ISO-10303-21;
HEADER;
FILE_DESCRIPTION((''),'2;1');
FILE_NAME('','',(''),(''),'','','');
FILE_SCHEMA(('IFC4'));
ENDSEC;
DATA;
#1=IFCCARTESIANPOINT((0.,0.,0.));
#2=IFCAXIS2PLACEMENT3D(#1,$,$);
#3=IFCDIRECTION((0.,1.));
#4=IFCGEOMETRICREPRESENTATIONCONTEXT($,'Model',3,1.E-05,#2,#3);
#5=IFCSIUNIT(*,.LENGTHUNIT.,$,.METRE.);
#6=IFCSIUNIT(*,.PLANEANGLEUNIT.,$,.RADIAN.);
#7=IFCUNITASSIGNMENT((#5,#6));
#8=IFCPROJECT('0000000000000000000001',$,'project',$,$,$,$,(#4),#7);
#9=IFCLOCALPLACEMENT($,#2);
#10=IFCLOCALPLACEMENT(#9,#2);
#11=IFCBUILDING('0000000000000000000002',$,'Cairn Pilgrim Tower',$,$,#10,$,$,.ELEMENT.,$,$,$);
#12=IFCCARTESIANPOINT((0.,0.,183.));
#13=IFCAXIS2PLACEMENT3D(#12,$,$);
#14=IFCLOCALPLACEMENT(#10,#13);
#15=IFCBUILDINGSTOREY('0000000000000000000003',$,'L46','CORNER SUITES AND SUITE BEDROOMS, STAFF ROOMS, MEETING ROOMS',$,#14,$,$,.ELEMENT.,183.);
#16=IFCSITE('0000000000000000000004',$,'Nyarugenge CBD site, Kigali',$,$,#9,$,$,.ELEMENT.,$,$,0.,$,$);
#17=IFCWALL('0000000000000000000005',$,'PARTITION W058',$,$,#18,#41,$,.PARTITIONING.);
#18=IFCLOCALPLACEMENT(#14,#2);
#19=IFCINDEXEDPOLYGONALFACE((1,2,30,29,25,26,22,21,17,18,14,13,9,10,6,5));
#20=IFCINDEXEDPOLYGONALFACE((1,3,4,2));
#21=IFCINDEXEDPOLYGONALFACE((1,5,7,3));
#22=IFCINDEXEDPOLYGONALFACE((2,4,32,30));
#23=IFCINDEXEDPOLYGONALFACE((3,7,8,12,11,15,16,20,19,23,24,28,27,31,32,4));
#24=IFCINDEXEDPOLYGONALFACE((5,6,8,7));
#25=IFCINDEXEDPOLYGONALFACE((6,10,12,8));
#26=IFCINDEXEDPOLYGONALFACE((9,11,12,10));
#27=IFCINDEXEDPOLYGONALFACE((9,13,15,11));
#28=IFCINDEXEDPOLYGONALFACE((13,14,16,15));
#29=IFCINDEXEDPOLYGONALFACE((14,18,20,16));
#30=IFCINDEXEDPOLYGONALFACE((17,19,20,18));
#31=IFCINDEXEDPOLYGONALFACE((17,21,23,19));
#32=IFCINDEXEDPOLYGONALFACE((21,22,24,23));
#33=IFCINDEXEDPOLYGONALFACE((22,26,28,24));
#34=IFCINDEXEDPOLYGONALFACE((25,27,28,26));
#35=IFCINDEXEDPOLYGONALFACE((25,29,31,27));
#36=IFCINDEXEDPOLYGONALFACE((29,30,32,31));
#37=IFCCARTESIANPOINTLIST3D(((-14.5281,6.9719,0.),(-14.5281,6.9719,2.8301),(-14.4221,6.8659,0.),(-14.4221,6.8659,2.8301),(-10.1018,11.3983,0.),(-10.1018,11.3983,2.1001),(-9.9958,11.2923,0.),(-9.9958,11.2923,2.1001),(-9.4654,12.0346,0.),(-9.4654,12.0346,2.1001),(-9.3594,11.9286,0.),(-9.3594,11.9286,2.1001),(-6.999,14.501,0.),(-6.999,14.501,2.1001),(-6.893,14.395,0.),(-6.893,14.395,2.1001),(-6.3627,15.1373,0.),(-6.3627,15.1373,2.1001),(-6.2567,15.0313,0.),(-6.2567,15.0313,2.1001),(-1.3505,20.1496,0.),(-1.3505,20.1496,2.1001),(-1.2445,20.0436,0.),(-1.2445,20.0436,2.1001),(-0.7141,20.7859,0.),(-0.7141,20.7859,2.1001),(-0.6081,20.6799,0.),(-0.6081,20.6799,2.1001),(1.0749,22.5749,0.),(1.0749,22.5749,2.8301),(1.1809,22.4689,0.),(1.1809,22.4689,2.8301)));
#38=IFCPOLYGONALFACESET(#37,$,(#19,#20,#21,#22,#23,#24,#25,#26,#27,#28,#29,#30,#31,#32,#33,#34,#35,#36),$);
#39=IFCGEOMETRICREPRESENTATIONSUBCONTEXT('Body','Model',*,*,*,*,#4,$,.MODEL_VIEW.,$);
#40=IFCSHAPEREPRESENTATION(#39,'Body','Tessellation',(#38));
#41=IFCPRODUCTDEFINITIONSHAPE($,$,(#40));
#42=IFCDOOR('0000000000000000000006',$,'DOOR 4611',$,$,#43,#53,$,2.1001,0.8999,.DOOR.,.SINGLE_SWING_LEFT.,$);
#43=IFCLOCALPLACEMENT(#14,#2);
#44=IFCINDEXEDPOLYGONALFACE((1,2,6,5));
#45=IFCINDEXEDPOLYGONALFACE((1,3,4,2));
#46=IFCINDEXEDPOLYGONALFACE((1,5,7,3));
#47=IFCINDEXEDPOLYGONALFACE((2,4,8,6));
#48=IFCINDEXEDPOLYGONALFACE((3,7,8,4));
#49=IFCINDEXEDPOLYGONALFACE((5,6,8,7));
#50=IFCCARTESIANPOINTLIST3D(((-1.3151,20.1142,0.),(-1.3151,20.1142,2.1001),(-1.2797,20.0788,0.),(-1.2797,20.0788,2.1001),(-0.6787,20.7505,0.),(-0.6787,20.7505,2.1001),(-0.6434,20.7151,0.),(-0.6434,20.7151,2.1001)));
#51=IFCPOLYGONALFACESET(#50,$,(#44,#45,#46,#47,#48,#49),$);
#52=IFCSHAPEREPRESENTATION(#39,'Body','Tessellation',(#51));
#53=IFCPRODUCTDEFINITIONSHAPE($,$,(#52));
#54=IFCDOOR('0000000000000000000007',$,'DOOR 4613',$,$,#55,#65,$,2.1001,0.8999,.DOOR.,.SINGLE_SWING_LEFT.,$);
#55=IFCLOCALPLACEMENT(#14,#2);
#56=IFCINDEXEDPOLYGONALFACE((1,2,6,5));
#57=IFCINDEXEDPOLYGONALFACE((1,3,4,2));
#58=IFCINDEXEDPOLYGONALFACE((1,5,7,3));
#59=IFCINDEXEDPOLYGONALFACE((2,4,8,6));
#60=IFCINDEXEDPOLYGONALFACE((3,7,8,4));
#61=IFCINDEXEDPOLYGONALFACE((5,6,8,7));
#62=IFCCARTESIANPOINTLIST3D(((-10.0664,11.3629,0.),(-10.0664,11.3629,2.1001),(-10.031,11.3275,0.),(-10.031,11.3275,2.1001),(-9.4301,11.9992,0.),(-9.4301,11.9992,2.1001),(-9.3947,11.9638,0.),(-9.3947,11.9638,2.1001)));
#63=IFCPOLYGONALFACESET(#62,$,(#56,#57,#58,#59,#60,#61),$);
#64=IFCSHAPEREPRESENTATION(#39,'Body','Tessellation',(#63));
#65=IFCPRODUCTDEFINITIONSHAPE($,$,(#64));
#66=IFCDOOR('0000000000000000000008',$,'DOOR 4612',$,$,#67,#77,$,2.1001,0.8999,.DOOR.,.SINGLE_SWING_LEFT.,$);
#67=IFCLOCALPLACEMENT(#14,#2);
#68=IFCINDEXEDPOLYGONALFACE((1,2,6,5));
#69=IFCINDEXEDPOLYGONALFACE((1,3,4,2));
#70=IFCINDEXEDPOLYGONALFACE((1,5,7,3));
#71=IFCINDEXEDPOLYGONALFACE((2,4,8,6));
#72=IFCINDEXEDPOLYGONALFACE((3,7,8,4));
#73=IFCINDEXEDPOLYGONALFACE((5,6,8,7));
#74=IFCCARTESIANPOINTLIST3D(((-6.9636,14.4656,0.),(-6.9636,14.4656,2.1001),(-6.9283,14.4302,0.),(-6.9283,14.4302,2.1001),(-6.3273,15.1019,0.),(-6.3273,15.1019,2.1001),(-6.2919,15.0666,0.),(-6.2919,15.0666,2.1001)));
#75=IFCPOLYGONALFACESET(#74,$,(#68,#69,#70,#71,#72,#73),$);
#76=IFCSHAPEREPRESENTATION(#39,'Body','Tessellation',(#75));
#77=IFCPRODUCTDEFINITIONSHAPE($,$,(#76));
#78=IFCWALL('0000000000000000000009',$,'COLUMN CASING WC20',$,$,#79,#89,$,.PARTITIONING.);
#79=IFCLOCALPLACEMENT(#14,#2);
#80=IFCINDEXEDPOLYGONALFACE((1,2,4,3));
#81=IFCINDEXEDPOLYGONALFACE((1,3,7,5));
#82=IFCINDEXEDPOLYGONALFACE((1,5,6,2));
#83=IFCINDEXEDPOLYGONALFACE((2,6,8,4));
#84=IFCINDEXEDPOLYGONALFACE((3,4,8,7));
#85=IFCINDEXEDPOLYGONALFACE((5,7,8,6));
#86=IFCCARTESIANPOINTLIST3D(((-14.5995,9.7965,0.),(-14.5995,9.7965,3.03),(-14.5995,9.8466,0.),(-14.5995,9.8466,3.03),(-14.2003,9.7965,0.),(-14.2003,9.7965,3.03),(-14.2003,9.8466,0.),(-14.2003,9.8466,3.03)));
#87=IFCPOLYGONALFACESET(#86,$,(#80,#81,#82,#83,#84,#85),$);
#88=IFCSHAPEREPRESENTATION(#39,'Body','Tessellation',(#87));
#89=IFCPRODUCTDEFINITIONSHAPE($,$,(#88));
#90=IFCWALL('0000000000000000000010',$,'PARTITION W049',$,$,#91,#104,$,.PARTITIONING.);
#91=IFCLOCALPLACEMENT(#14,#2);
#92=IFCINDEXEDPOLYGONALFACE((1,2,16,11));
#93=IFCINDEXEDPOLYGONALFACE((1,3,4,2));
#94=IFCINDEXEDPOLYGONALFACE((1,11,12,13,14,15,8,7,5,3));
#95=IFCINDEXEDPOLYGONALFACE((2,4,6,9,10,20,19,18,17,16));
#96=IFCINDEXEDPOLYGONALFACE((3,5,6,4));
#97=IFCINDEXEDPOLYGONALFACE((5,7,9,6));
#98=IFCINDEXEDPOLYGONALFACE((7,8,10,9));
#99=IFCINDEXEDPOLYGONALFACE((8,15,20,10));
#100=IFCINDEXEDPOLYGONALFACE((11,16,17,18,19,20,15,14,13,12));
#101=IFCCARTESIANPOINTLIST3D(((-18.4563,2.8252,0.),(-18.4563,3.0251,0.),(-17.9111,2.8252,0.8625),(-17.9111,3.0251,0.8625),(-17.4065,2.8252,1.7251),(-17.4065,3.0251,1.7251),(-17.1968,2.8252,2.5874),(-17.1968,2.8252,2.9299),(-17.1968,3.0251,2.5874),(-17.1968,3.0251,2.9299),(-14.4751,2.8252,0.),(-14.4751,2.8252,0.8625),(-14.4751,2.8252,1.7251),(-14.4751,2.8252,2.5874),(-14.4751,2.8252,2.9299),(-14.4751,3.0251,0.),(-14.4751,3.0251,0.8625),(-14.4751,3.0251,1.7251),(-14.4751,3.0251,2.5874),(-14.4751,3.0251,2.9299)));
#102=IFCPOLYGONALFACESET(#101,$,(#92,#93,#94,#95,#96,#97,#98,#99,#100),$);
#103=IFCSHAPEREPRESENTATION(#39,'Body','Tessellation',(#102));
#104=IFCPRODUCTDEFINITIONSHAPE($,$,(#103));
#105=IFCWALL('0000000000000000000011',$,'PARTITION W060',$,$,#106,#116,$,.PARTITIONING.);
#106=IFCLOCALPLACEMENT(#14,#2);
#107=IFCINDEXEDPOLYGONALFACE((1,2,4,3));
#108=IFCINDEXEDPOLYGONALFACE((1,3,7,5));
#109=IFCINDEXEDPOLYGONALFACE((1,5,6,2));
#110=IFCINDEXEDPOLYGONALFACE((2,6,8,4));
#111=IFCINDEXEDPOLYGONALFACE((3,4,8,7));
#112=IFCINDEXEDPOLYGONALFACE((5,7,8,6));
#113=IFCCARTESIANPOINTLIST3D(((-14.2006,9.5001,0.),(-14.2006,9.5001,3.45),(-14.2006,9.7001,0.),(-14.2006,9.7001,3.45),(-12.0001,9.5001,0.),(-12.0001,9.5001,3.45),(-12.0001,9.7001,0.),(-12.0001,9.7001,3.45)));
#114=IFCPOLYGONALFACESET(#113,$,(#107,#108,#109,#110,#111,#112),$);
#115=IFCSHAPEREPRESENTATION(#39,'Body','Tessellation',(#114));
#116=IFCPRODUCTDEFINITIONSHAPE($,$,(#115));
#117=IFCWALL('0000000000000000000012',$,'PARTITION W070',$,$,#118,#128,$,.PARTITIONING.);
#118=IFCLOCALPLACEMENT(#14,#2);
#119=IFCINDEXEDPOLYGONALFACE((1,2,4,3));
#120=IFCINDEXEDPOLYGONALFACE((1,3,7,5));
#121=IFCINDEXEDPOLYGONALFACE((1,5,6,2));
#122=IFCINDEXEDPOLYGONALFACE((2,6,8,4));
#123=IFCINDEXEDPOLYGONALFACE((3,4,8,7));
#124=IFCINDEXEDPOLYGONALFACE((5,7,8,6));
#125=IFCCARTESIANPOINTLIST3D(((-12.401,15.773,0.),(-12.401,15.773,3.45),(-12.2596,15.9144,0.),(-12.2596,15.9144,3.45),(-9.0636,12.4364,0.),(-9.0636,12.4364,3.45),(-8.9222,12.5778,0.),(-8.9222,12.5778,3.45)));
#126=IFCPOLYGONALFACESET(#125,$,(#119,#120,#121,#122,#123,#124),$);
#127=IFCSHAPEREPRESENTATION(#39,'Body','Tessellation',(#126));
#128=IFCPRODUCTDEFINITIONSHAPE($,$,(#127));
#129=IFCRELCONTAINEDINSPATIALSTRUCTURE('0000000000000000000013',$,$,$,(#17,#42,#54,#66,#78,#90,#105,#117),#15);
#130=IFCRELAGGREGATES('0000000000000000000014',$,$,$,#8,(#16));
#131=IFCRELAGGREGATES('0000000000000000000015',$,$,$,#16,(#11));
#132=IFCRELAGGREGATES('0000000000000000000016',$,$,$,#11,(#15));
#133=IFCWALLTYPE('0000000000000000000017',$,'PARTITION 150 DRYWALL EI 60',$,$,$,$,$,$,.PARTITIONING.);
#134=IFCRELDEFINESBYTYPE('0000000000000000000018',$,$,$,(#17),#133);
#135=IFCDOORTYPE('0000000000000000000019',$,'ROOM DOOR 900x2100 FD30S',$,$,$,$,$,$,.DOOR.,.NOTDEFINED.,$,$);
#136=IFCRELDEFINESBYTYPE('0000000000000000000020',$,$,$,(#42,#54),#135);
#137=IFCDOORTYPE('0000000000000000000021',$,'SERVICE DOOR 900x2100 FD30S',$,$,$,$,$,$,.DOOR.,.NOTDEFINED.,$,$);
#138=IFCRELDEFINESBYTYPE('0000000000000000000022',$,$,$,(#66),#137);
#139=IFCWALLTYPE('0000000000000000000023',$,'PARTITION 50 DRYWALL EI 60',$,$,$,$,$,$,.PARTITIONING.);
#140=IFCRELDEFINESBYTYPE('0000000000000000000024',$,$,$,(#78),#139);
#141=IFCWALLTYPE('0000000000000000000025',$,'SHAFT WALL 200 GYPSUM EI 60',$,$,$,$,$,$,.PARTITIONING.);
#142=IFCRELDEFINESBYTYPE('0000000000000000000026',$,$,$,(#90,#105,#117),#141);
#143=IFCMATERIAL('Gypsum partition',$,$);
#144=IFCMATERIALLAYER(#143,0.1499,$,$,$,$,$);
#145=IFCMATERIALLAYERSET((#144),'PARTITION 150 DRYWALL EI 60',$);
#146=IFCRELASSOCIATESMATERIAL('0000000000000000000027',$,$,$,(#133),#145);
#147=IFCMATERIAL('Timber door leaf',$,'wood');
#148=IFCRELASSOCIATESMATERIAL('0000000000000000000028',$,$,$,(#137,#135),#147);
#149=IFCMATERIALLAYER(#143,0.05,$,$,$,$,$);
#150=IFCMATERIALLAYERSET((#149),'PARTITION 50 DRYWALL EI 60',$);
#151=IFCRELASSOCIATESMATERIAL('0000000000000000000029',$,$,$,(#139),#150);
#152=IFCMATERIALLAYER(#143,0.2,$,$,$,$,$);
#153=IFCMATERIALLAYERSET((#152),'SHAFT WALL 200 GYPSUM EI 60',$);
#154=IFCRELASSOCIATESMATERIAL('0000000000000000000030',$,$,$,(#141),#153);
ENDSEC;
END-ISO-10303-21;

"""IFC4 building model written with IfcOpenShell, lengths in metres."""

from ifc_helpers import new_model, si_unit, direction, frame, frame_2d, origin, place, context, subcontext, project, spatial, polyline, rectangle, outline, extrude, material, layer, layer_set, type_object, element, fill, save


model = new_model("IFC4")

# Units and contexts
model_context = context("Model", 3, precision=1e-05, world=origin(), true_north=direction((0.0, 1.0)))
body_context = subcontext(model_context, "Body", "Model", "MODEL_VIEW")
ifc_project = project(units=[si_unit("LENGTHUNIT", "METRE"), si_unit("PLANEANGLEUNIT", "RADIAN")], contexts=[model_context])

# Site, building, storey
site_placement = place(None, origin())
site = spatial("IfcSite", under=ifc_project, at=site_placement, Name="Nyarugenge CBD site, Kigali", CompositionType="ELEMENT", RefElevation=0.0)
building_placement = place(site_placement, origin())
building = spatial("IfcBuilding", under=site, at=building_placement, Name="Cairn Pilgrim Tower", CompositionType="ELEMENT")
storey_placement = place(building_placement, frame((0.0, 0.0, 183.0)))
storey = spatial("IfcBuildingStorey", under=building, at=storey_placement, Name="L46", Description="CORNER SUITES AND SUITE BEDROOMS, STAFF ROOMS, MEETING ROOMS", CompositionType="ELEMENT", Elevation=183.0)

# Shared definitions
ifc_material_1 = material(Name="Gypsum partition")

# Shared definitions
ifc_material_2 = material(Name="Timber door leaf", Category="wood")

# Shared definitions
ifc_layer_1 = layer(ifc_material_1, 0.1499)
ifc_layer_set_1 = layer_set([ifc_layer_1], Name="PARTITION 150 DRYWALL EI 60")
wall_type_1 = type_object("IfcWallType", Name="PARTITION 150 DRYWALL EI 60", PredefinedType="PARTITIONING", material=ifc_layer_set_1)

# Shared definitions
door_type_1 = type_object("IfcDoorType", Name="SERVICE DOOR 900x2100 FD30S", OperationType="NOTDEFINED", PredefinedType="DOOR", material=ifc_material_2)

# Wall, openings, doors
wall_1_placement = place(storey_placement, frame((-14.4751, 6.9189, 0.0), z_axis=(0.0, 0.0, 1.0), x_axis=(0.707107, 0.707107, 0.0)))
wall_1 = element("IfcWall", 1, at=wall_1_placement, inside=storey, type_object=wall_type_1, Name="PARTITION W058", PredefinedType="PARTITIONING", context=body_context, shape_type="SweptSolid", body=[
    extrude(rectangle(XDim=22.0659, YDim=0.1499, at=frame_2d((11.033, 0.0))), origin(), (0.0, 0.0, 1.0), 2.8301),
])
opening_1_placement = place(wall_1_placement, frame((18.636, 0.0, 0.0)))
opening_1 = element("IfcOpeningElement", 2, at=opening_1_placement, cuts=wall_1, PredefinedType="OPENING", context=body_context, shape_type="SweptSolid", body=[
    extrude(rectangle(XDim=0.8999, YDim=2.1001, at=frame_2d((0.45, 1.05))), frame((0.0, 0.085, 0.0), z_axis=(0.0, -1.0, 0.0), x_axis=(1.0, 0.0, 0.0)), (0.0, 0.0, 1.0), 0.1699),
])
opening_2_placement = place(wall_1_placement, frame((10.6477, 0.0, 0.0)))
opening_2 = element("IfcOpeningElement", 3, at=opening_2_placement, cuts=wall_1, PredefinedType="OPENING", context=body_context, shape_type="SweptSolid", body=[
    extrude(rectangle(XDim=0.8999, YDim=2.1001, at=frame_2d((0.45, 1.05))), frame((0.0, 0.085, 0.0), z_axis=(0.0, -1.0, 0.0), x_axis=(1.0, 0.0, 0.0)), (0.0, 0.0, 1.0), 0.1699),
])
opening_3_placement = place(wall_1_placement, frame((6.2598, 0.0, 0.0)))
opening_3 = element("IfcOpeningElement", 4, at=opening_3_placement, cuts=wall_1, PredefinedType="OPENING", context=body_context, shape_type="SweptSolid", body=[
    extrude(rectangle(XDim=0.8999, YDim=2.1001, at=frame_2d((0.45, 1.05))), frame((0.0, 0.085, 0.0), z_axis=(0.0, -1.0, 0.0), x_axis=(1.0, 0.0, 0.0)), (0.0, 0.0, 1.0), 0.1699),
])
door_type_2 = type_object("IfcDoorType", Name="ROOM DOOR 900x2100 FD30S", OperationType="NOTDEFINED", PredefinedType="DOOR", material=ifc_material_2)
door_1_placement = place(opening_1_placement, origin())
door_1 = element("IfcDoor", 5, at=door_1_placement, inside=storey, type_object=door_type_2, Name="DOOR 4611", OperationType="SINGLE_SWING_LEFT", OverallHeight=2.1001, OverallWidth=0.8999, PredefinedType="DOOR", context=body_context, shape_type="SweptSolid", body=[
    extrude(rectangle(XDim=0.8999, YDim=2.1001, at=frame_2d((0.45, 1.05))), frame((0.0, 0.0249, 0.0), z_axis=(0.0, -1.0, 0.0), x_axis=(1.0, 0.0, 0.0)), (0.0, 0.0, 1.0), 0.05),
])
fill(opening_1, door_1)
door_2_placement = place(opening_3_placement, origin())
door_2 = element("IfcDoor", 6, at=door_2_placement, inside=storey, type_object=door_type_2, Name="DOOR 4613", OperationType="SINGLE_SWING_LEFT", OverallHeight=2.1001, OverallWidth=0.8999, PredefinedType="DOOR", context=body_context, shape_type="SweptSolid", body=[
    extrude(rectangle(XDim=0.8999, YDim=2.1001, at=frame_2d((0.45, 1.05))), frame((0.0, 0.0249, 0.0), z_axis=(0.0, -1.0, 0.0), x_axis=(1.0, 0.0, 0.0)), (0.0, 0.0, 1.0), 0.05),
])
fill(opening_3, door_2)
door_3_placement = place(opening_2_placement, origin())
door_3 = element("IfcDoor", 7, at=door_3_placement, inside=storey, type_object=door_type_1, Name="DOOR 4612", OperationType="SINGLE_SWING_LEFT", OverallHeight=2.1001, OverallWidth=0.8999, PredefinedType="DOOR", context=body_context, shape_type="SweptSolid", body=[
    extrude(rectangle(XDim=0.8999, YDim=2.1001, at=frame_2d((0.45, 1.05))), frame((0.0, 0.0249, 0.0), z_axis=(0.0, -1.0, 0.0), x_axis=(1.0, 0.0, 0.0)), (0.0, 0.0, 1.0), 0.05),
])
fill(opening_2, door_3)

# Walls
ifc_layer_2 = layer(ifc_material_1, 0.05)
ifc_layer_set_2 = layer_set([ifc_layer_2], Name="PARTITION 50 DRYWALL EI 60")
wall_type_2 = type_object("IfcWallType", Name="PARTITION 50 DRYWALL EI 60", PredefinedType="PARTITIONING", material=ifc_layer_set_2)
wall_2_placement = place(storey_placement, frame((-14.5996, 9.8215, 0.0), z_axis=(0.0, 0.0, 1.0), x_axis=(1.0, 0.0, 0.0)))
element("IfcWall", 8, at=wall_2_placement, inside=storey, type_object=wall_type_2, Name="COLUMN CASING WC20", PredefinedType="PARTITIONING", context=body_context, shape_type="SweptSolid", body=[
    extrude(rectangle(XDim=0.3992, YDim=0.05, at=frame_2d((0.1997, 0.0))), origin(), (0.0, 0.0, 1.0), 3.03),
])
ifc_layer_3 = layer(ifc_material_1, 0.2)
ifc_layer_set_3 = layer_set([ifc_layer_3], Name="SHAFT WALL 200 GYPSUM EI 60")
wall_type_3 = type_object("IfcWallType", Name="SHAFT WALL 200 GYPSUM EI 60", PredefinedType="PARTITIONING", material=ifc_layer_set_3)
wall_3_placement = place(storey_placement, frame((-18.4563, 2.925, 0.0), z_axis=(0.0, 0.0, 1.0), x_axis=(1.0, 0.0, 0.0)))
element("IfcWall", 9, at=wall_3_placement, inside=storey, type_object=wall_type_3, Name="PARTITION W049", PredefinedType="PARTITIONING", context=body_context, shape_type="SweptSolid", body=[
    extrude(outline(polyline([(0.0, 0.0), (3.9812, 0.0), (3.9812, 0.8625), (3.9812, 1.7251), (3.9812, 2.5874), (3.9812, 2.9299), (1.2595, 2.9299), (1.2595, 2.5874), (1.0498, 1.7251), (0.5452, 0.8625), (0.0, 0.0)])), frame((0.0, 0.1001, 0.0), z_axis=(0.0, -1.0, 0.0), x_axis=(1.0, 0.0, 0.0)), (0.0, 0.0, 1.0), 0.2),
])
wall_4_placement = place(storey_placement, frame((-14.2004, 9.6001, 0.0), z_axis=(0.0, 0.0, 1.0), x_axis=(1.0, 0.0, 0.0)))
element("IfcWall", 10, at=wall_4_placement, inside=storey, type_object=wall_type_3, Name="PARTITION W060", PredefinedType="PARTITIONING", context=body_context, shape_type="SweptSolid", body=[
    extrude(rectangle(XDim=2.2004, YDim=0.2, at=frame_2d((1.1001, 0.0))), origin(), (0.0, 0.0, 1.0), 3.45),
])
wall_5_placement = place(storey_placement, frame((-8.9929, 12.5071, 0.0), z_axis=(0.0, 0.0, 1.0), x_axis=(-0.707184, 0.707029, 0.0)))
element("IfcWall", 11, at=wall_5_placement, inside=storey, type_object=wall_type_3, Name="PARTITION W070", PredefinedType="PARTITIONING", context=body_context, shape_type="SweptSolid", body=[
    extrude(rectangle(XDim=4.7192, YDim=0.2, at=frame_2d((2.3596, 0.0))), origin(), (0.0, 0.0, 1.0), 3.45),
])

save(model, "model.ifc")
